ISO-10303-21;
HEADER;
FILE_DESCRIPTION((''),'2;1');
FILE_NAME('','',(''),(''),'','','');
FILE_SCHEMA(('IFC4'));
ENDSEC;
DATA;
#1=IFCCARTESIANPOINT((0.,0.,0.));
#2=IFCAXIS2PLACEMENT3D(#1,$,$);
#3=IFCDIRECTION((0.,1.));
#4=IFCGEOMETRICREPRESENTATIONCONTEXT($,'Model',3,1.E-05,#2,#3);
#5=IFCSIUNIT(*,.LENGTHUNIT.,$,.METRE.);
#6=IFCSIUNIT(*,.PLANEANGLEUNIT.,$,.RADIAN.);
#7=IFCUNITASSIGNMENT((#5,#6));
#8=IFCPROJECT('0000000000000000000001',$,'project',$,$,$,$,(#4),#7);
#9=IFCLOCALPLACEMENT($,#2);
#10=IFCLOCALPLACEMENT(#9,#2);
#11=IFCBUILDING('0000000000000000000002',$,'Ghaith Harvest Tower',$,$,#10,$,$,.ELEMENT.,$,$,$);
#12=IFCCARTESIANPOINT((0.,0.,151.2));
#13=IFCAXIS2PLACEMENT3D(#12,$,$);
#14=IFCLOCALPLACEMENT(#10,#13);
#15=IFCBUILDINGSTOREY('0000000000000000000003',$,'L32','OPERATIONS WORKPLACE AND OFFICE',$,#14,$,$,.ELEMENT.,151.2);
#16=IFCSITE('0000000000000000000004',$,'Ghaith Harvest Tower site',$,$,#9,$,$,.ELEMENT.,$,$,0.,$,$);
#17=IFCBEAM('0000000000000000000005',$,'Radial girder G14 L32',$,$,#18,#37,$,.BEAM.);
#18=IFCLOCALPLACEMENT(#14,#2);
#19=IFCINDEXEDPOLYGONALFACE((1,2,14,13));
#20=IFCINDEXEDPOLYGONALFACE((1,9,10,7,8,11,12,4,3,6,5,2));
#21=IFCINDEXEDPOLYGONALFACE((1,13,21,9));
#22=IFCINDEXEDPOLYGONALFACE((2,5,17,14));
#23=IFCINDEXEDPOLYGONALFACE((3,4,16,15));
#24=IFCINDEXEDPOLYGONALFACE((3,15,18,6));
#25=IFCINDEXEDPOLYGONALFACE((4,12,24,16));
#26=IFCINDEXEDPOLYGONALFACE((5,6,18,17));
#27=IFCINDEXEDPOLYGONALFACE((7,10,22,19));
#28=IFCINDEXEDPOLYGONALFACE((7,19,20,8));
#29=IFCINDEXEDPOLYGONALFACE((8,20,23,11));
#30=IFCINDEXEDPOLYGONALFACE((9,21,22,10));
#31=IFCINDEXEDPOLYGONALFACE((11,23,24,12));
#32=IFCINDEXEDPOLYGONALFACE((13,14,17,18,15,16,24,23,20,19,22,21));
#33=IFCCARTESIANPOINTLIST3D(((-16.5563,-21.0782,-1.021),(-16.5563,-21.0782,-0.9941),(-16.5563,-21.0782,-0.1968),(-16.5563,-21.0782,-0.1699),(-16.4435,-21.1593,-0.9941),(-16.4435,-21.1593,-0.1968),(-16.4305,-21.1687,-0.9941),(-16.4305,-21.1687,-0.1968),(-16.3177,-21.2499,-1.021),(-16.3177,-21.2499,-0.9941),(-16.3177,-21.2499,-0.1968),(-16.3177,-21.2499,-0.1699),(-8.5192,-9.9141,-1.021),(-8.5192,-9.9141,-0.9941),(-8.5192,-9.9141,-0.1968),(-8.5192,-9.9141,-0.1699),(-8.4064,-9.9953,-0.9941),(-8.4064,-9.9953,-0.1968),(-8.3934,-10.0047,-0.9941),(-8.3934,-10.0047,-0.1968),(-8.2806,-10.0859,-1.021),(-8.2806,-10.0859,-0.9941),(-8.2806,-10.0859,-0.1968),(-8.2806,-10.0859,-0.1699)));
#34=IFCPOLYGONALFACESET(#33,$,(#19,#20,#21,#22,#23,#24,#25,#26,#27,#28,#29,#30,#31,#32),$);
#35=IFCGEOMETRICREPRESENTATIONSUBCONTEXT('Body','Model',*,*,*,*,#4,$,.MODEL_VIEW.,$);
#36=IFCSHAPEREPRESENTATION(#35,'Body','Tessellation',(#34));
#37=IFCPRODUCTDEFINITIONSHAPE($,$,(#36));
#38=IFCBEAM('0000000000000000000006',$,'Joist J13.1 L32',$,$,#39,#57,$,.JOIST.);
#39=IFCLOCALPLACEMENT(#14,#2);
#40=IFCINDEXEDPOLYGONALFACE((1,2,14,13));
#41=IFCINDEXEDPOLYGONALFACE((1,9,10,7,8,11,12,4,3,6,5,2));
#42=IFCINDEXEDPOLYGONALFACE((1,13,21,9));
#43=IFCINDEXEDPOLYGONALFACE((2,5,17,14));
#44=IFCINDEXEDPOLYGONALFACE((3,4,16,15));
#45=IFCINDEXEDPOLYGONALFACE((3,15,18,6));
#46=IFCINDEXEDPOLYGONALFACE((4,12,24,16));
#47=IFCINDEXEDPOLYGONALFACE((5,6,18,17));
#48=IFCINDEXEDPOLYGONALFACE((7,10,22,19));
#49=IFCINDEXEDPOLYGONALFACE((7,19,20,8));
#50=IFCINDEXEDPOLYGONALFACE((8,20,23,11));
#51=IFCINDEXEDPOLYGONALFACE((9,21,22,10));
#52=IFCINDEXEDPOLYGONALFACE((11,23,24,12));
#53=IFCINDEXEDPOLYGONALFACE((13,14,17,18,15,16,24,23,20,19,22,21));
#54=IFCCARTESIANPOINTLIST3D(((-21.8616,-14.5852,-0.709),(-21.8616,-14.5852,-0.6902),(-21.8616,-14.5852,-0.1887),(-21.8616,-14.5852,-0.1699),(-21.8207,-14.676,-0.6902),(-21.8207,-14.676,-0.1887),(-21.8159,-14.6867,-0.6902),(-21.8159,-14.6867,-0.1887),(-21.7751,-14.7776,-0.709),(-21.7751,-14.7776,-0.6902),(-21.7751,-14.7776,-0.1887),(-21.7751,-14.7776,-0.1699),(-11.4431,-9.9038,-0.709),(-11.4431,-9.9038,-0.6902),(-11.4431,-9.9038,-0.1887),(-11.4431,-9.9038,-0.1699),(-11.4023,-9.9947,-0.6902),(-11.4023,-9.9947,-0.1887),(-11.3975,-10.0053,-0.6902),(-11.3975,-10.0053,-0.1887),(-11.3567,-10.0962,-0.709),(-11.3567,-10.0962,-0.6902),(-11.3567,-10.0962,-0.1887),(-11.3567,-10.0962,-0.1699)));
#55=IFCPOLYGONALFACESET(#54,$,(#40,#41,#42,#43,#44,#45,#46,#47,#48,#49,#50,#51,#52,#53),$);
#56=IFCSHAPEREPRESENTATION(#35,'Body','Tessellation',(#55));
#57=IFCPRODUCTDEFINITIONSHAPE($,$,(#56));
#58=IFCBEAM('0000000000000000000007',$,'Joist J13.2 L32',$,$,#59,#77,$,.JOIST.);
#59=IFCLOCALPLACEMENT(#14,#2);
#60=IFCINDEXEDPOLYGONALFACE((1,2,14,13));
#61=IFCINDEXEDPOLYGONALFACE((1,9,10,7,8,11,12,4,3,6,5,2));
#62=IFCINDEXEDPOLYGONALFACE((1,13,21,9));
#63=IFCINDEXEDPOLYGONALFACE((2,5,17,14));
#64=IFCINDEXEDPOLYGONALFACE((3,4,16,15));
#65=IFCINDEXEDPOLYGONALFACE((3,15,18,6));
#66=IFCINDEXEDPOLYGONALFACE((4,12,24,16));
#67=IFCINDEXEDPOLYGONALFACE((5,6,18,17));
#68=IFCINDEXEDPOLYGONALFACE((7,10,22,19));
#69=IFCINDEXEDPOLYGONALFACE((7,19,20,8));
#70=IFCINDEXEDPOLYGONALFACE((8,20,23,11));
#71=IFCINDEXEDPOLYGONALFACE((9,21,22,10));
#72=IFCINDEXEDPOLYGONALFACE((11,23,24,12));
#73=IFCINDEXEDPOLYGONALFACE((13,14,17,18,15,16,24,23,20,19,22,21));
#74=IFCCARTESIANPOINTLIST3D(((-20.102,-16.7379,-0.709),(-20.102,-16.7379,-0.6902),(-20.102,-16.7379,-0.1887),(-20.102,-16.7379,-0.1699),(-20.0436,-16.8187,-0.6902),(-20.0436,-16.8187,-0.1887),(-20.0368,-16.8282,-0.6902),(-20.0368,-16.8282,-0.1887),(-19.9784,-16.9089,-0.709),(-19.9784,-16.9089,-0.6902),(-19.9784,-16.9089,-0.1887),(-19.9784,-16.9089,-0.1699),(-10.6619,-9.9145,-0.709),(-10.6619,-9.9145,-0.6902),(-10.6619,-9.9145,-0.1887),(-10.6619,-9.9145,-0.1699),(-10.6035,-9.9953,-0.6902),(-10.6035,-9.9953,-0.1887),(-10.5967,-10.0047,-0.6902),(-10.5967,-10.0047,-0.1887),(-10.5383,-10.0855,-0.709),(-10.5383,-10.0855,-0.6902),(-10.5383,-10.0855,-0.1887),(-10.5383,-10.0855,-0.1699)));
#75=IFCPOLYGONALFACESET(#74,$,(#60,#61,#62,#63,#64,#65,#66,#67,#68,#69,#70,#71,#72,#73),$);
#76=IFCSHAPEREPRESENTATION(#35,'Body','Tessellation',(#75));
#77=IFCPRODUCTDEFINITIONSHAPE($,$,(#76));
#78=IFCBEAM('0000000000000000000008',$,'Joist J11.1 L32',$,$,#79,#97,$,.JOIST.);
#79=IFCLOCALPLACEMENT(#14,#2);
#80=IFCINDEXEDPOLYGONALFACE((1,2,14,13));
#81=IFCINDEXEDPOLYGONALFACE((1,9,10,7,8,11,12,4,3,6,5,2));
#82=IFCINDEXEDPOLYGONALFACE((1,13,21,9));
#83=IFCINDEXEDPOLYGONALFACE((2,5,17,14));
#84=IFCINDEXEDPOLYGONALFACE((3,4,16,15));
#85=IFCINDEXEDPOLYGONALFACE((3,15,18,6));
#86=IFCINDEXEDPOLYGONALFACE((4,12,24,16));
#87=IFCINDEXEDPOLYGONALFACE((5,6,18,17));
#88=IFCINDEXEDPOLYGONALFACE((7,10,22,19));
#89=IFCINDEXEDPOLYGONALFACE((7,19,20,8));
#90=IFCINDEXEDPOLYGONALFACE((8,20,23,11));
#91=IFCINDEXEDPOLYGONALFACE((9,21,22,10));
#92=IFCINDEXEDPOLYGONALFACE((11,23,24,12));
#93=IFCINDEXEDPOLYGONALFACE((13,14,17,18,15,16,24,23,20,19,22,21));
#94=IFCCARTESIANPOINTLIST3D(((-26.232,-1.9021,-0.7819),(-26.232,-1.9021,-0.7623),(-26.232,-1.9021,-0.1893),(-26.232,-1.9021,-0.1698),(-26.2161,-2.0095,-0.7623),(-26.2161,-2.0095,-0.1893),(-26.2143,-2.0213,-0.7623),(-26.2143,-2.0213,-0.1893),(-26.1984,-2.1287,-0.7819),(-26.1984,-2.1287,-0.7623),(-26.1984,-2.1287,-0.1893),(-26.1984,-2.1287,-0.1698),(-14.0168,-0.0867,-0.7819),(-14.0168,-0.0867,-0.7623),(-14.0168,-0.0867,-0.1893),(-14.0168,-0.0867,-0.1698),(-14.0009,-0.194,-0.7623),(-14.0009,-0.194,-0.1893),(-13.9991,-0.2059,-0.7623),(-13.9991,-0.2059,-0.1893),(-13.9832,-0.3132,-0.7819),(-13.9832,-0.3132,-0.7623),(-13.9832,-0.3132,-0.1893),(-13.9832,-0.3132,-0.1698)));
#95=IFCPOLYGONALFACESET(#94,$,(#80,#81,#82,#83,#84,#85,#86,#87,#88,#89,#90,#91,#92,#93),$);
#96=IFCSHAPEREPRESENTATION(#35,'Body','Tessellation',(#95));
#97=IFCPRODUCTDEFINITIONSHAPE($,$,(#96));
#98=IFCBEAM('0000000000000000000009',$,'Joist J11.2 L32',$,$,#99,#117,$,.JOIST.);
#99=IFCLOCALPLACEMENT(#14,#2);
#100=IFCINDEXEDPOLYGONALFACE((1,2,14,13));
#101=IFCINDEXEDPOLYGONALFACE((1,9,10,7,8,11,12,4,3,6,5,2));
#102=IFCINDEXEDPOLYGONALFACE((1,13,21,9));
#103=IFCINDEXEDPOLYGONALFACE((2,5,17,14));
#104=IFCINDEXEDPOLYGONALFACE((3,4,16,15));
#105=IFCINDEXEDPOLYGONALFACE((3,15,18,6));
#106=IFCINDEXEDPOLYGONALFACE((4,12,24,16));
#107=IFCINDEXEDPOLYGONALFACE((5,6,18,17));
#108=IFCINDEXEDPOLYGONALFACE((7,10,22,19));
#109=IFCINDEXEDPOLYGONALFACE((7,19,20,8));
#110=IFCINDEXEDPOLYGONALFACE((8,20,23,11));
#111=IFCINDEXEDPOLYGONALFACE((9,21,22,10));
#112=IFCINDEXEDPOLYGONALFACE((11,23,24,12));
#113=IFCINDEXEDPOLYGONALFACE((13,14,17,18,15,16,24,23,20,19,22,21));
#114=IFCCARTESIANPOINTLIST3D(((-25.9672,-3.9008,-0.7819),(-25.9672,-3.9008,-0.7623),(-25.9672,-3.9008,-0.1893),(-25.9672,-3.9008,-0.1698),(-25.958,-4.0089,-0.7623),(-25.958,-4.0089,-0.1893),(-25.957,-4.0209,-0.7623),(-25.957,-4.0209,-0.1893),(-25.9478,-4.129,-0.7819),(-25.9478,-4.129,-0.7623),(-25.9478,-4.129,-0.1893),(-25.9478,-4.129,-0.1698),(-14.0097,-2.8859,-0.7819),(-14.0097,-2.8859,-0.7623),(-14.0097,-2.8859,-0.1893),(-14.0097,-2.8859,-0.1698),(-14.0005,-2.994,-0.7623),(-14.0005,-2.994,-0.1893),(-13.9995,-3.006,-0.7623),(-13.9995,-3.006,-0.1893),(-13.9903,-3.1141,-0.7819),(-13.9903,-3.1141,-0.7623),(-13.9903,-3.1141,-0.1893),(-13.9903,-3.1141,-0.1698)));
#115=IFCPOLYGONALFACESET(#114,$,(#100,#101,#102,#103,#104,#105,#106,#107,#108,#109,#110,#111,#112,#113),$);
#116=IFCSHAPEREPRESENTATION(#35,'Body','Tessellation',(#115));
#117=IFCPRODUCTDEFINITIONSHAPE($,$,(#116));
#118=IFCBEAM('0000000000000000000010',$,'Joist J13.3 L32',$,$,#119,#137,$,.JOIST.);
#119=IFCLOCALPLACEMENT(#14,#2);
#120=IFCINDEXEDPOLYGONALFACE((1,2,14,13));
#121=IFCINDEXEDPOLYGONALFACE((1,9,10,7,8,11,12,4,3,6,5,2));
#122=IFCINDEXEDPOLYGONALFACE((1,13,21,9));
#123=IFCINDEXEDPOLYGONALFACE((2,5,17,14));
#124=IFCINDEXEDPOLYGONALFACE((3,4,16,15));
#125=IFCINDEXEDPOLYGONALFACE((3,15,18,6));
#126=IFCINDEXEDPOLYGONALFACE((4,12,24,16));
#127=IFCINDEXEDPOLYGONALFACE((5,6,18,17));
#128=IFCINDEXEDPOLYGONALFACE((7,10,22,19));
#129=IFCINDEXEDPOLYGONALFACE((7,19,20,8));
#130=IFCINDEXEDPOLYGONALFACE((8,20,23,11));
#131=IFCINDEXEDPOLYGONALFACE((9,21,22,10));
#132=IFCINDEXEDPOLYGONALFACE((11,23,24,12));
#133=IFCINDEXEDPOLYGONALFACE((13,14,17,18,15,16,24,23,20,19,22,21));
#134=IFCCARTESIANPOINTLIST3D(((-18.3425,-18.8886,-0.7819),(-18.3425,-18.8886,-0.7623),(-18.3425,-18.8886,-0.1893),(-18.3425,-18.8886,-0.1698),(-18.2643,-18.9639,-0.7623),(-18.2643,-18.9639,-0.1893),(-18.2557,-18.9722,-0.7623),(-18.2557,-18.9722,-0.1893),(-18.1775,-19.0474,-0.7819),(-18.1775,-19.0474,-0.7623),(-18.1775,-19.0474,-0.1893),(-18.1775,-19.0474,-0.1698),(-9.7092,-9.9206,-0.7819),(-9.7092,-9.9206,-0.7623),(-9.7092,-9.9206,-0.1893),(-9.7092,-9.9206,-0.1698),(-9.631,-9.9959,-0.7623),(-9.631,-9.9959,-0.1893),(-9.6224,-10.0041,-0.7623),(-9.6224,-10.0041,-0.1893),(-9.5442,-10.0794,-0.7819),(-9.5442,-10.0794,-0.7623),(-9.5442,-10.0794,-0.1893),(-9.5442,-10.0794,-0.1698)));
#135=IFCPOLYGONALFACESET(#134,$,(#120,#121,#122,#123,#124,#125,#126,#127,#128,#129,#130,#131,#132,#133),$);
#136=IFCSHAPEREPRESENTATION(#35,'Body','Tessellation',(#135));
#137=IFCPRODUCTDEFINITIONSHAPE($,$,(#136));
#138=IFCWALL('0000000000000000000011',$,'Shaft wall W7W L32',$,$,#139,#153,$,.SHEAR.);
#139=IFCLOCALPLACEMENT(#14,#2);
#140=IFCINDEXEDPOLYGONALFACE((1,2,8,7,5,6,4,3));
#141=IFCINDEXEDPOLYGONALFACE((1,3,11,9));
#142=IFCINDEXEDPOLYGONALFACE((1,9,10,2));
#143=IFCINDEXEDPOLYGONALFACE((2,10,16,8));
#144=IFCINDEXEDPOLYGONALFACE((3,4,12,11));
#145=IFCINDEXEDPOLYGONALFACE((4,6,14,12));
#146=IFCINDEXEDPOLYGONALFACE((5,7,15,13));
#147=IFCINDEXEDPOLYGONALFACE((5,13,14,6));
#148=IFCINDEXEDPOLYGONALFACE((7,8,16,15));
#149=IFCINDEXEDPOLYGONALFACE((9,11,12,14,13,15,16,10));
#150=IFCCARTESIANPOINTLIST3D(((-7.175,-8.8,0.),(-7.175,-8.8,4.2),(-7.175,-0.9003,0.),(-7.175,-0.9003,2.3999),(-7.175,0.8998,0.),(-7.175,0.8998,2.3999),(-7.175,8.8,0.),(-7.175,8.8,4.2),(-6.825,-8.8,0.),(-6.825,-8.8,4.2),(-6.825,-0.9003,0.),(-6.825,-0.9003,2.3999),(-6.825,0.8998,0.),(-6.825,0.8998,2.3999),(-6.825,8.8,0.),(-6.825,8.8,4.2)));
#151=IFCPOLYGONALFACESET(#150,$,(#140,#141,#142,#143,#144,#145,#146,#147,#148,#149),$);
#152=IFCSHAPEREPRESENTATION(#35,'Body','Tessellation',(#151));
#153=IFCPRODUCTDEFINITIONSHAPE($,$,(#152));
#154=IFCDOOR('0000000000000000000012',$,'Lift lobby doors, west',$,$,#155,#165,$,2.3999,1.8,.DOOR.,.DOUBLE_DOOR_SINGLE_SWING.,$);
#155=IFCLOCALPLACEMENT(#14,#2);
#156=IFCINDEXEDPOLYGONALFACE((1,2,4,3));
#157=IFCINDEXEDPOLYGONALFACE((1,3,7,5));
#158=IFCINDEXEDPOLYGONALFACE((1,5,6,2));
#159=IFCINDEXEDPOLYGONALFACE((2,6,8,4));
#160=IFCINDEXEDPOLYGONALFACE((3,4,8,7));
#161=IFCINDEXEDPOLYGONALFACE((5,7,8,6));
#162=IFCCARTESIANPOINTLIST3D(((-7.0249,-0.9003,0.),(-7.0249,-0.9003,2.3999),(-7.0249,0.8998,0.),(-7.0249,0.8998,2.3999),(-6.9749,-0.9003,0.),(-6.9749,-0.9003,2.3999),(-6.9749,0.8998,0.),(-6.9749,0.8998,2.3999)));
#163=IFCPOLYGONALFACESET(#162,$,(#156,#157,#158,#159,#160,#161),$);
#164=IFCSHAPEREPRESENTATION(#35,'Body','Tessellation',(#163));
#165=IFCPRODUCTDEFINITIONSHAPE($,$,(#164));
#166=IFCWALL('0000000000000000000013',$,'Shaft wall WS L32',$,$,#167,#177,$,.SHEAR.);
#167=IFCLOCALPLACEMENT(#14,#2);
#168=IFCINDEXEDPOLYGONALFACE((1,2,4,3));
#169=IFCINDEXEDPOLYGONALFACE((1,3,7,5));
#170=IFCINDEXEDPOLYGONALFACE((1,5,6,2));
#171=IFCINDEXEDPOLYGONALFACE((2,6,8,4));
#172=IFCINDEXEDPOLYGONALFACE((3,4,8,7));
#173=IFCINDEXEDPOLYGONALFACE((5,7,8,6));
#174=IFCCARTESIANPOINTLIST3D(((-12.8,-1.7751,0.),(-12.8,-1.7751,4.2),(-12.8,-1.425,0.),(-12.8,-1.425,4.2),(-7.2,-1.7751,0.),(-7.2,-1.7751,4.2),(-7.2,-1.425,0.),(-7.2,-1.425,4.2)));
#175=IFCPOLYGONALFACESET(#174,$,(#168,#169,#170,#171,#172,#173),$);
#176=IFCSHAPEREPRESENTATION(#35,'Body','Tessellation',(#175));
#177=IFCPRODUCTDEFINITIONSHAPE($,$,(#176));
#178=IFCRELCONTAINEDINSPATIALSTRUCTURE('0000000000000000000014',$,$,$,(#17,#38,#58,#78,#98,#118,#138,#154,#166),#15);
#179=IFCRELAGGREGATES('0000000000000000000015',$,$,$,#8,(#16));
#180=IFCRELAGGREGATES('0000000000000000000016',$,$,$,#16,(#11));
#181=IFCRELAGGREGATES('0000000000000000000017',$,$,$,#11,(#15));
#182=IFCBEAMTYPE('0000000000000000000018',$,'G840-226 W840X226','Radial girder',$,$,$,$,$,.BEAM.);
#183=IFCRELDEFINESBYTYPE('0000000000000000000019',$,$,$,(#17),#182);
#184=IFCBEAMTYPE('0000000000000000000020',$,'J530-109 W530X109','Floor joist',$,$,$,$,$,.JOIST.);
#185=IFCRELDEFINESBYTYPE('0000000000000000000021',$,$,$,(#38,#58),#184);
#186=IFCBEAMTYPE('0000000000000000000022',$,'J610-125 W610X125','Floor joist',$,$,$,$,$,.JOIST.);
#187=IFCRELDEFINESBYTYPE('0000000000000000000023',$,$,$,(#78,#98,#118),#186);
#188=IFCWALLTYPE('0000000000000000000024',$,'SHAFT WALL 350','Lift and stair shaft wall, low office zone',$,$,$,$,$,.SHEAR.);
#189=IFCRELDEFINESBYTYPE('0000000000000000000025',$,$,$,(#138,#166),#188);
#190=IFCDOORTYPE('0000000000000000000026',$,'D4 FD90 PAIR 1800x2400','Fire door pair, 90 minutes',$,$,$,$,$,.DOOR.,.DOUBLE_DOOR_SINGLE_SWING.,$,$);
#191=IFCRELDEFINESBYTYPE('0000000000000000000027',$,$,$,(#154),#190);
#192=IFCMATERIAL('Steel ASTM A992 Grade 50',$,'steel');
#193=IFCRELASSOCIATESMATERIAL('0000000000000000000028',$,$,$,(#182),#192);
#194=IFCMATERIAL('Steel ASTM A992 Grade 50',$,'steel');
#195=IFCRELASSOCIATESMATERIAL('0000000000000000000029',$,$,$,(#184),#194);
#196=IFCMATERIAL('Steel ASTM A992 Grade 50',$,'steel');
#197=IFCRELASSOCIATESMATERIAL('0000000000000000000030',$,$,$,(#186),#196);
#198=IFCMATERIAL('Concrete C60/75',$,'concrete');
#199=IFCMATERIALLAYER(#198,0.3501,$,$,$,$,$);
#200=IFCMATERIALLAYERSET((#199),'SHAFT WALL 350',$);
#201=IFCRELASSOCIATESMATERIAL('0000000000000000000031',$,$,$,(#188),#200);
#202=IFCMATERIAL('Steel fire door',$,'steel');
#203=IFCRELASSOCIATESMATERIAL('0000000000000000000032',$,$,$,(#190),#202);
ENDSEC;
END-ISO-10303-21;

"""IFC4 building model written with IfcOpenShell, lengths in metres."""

from ifc_helpers import new_model, si_unit, direction, frame, frame_2d, origin, origin_2d, place, context, subcontext, project, spatial, rectangle, i_section, extrude, material, layer, layer_set, material_profile, profile_set, type_object, element, fill, save


model = new_model("IFC4")

# Units and contexts
model_context = context("Model", 3, precision=1e-05, world=origin(), true_north=direction((0.0, 1.0)))
body_context = subcontext(model_context, "Body", "Model", "MODEL_VIEW")
ifc_project = project(units=[si_unit("LENGTHUNIT", "METRE"), si_unit("PLANEANGLEUNIT", "RADIAN")], contexts=[model_context])

# Site, building, storey
site_placement = place(None, origin())
site = spatial("IfcSite", under=ifc_project, at=site_placement, Name="Ghaith Harvest Tower site", CompositionType="ELEMENT", RefElevation=0.0)
building_placement = place(site_placement, origin())
building = spatial("IfcBuilding", under=site, at=building_placement, Name="Ghaith Harvest Tower", CompositionType="ELEMENT")
storey_placement = place(building_placement, frame((0.0, 0.0, 151.2)))
storey = spatial("IfcBuildingStorey", under=building, at=storey_placement, Name="L32", Description="OPERATIONS WORKPLACE AND OFFICE", CompositionType="ELEMENT", Elevation=151.2)

# Beams
ifc_material_1 = material(Name="Steel ASTM A992 Grade 50", Category="steel")
ifc_material_profile_1 = material_profile(ifc_material_1, i_section(OverallWidth=0.2939, OverallDepth=0.8511, WebThickness=0.0161, FlangeThickness=0.0269, at=origin_2d()), Name="W840X226")
ifc_profile_set_1 = profile_set([ifc_material_profile_1], Name="Steel ASTM A992 Grade 50")
beam_type_1 = type_object("IfcBeamType", Name="G840-226 W840X226", Description="Radial girder", PredefinedType="BEAM", material=ifc_profile_set_1)
beam_1_placement = place(storey_placement, frame((-8.3999, -10.0, -0.5955), z_axis=(-0.584256, -0.811569, 0.0), x_axis=(0.811569, -0.584256, 0.0)))
element("IfcBeam", 1, at=beam_1_placement, inside=storey, type_object=beam_type_1, Name="Radial girder G14 L32", PredefinedType="BEAM", context=body_context, shape_type="SweptSolid", body=[
    extrude(i_section(OverallWidth=0.2939, OverallDepth=0.8511, WebThickness=0.0161, FlangeThickness=0.0269, at=origin_2d()), origin(), (0.0, 0.0, 1.0), 13.7561),
])
ifc_material_2 = material(Name="Steel ASTM A992 Grade 50", Category="steel")
ifc_material_profile_2 = material_profile(ifc_material_2, i_section(OverallWidth=0.2109, OverallDepth=0.5391, WebThickness=0.0117, FlangeThickness=0.0188, at=origin_2d()), Name="W530X109")
ifc_profile_set_2 = profile_set([ifc_material_profile_2], Name="Steel ASTM A992 Grade 50")
beam_type_2 = type_object("IfcBeamType", Name="J530-109 W530X109", Description="Floor joist", PredefinedType="JOIST", material=ifc_profile_set_2)
beam_2_placement = place(storey_placement, frame((-11.3999, -10.0, -0.4395), z_axis=(-0.912148, -0.409862, 0.0), x_axis=(0.409862, -0.912148, 0.0)))
element("IfcBeam", 2, at=beam_2_placement, inside=storey, type_object=beam_type_2, Name="Joist J13.1 L32", PredefinedType="JOIST", context=body_context, shape_type="SweptSolid", body=[
    extrude(i_section(OverallWidth=0.2109, OverallDepth=0.5391, WebThickness=0.0117, FlangeThickness=0.0188, at=origin_2d()), origin(), (0.0, 0.0, 1.0), 11.4219),
])
beam_3_placement = place(storey_placement, frame((-10.6001, -10.0, -0.4395), z_axis=(-0.810452, -0.585805, 0.0), x_axis=(0.585805, -0.810452, 0.0)))
element("IfcBeam", 3, at=beam_3_placement, inside=storey, type_object=beam_type_2, Name="Joist J13.2 L32", PredefinedType="JOIST", context=body_context, shape_type="SweptSolid", body=[
    extrude(i_section(OverallWidth=0.2109, OverallDepth=0.5391, WebThickness=0.0117, FlangeThickness=0.0188, at=origin_2d()), origin(), (0.0, 0.0, 1.0), 11.6479),
])
ifc_material_3 = material(Name="Steel ASTM A992 Grade 50", Category="steel")
ifc_material_profile_3 = material_profile(ifc_material_3, i_section(OverallWidth=0.229, OverallDepth=0.6121, WebThickness=0.012, FlangeThickness=0.0195, at=origin_2d()), Name="W610X125")
ifc_profile_set_3 = profile_set([ifc_material_profile_3], Name="Steel ASTM A992 Grade 50")
beam_type_3 = type_object("IfcBeamType", Name="J610-125 W610X125", Description="Floor joist", PredefinedType="JOIST", material=ifc_profile_set_3)
beam_4_placement = place(storey_placement, frame((-14.0, -0.2, -0.4758), z_axis=(-0.989135, -0.147007, 0.0), x_axis=(0.147007, -0.989135, 0.0)))
element("IfcBeam", 4, at=beam_4_placement, inside=storey, type_object=beam_type_3, Name="Joist J11.1 L32", PredefinedType="JOIST", context=body_context, shape_type="SweptSolid", body=[
    extrude(i_section(OverallWidth=0.229, OverallDepth=0.6121, WebThickness=0.012, FlangeThickness=0.0195, at=origin_2d()), origin(), (0.0, 0.0, 1.0), 12.3494),
])
beam_5_placement = place(storey_placement, frame((-14.0, -3.0, -0.4758), z_axis=(-0.996417, -0.084571, 0.0), x_axis=(0.084571, -0.996417, 0.0)))
element("IfcBeam", 5, at=beam_5_placement, inside=storey, type_object=beam_type_3, Name="Joist J11.2 L32", PredefinedType="JOIST", context=body_context, shape_type="SweptSolid", body=[
    extrude(i_section(OverallWidth=0.229, OverallDepth=0.6121, WebThickness=0.012, FlangeThickness=0.0195, at=origin_2d()), origin(), (0.0, 0.0, 1.0), 12.0005),
])
beam_6_placement = place(storey_placement, frame((-9.6267, -10.0, -0.4758), z_axis=(-0.693535, -0.720423, 0.0), x_axis=(0.720423, -0.693535, 0.0)))
element("IfcBeam", 6, at=beam_6_placement, inside=storey, type_object=beam_type_3, Name="Joist J13.3 L32", PredefinedType="JOIST", context=body_context, shape_type="SweptSolid", body=[
    extrude(i_section(OverallWidth=0.229, OverallDepth=0.6121, WebThickness=0.012, FlangeThickness=0.0195, at=origin_2d()), origin(), (0.0, 0.0, 1.0), 12.4482),
])

# Wall, opening, door
ifc_material_4 = material(Name="Concrete C60/75", Category="concrete")
ifc_layer_1 = layer(ifc_material_4, 0.3501)
ifc_layer_set_1 = layer_set([ifc_layer_1], Name="SHAFT WALL 350")
wall_type_1 = type_object("IfcWallType", Name="SHAFT WALL 350", Description="Lift and stair shaft wall, low office zone", PredefinedType="SHEAR", material=ifc_layer_set_1)
wall_1_placement = place(storey_placement, frame((-7.0, -8.8, 0.0), z_axis=(0.0, 0.0, 1.0), x_axis=(0.0, 1.0, 0.0)))
wall_1 = element("IfcWall", 7, at=wall_1_placement, inside=storey, type_object=wall_type_1, Name="Shaft wall W7W L32", PredefinedType="SHEAR", context=body_context, shape_type="SweptSolid", body=[
    extrude(rectangle(XDim=17.6001, YDim=0.3501, at=frame_2d((8.8, 0.0))), origin(), (0.0, 0.0, 1.0), 4.2),
])
opening_placement = place(wall_1_placement, frame((7.8999, 0.0, 0.0)))
opening = element("IfcOpeningElement", 8, at=opening_placement, cuts=wall_1, PredefinedType="OPENING", context=body_context, shape_type="SweptSolid", body=[
    extrude(rectangle(XDim=1.8, YDim=2.3999, at=frame_2d((0.8999, 1.2))), frame((0.0, 0.1851, 0.0), z_axis=(0.0, -1.0, 0.0), x_axis=(1.0, 0.0, 0.0)), (0.0, 0.0, 1.0), 0.3701),
])
ifc_material_5 = material(Name="Steel fire door", Category="steel")
door_type = type_object("IfcDoorType", Name="D4 FD90 PAIR 1800x2400", Description="Fire door pair, 90 minutes", OperationType="DOUBLE_DOOR_SINGLE_SWING", PredefinedType="DOOR", material=ifc_material_5)
door_placement = place(opening_placement, origin())
door = element("IfcDoor", 9, at=door_placement, inside=storey, type_object=door_type, Name="Lift lobby doors, west", OperationType="DOUBLE_DOOR_SINGLE_SWING", OverallHeight=2.3999, OverallWidth=1.8, PredefinedType="DOOR", context=body_context, shape_type="SweptSolid", body=[
    extrude(rectangle(XDim=1.8, YDim=2.3999, at=frame_2d((0.8999, 1.2))), frame((0.0, 0.0249, 0.0), z_axis=(0.0, -1.0, 0.0), x_axis=(1.0, 0.0, 0.0)), (0.0, 0.0, 1.0), 0.05),
])
fill(opening, door)

# Wall
wall_2_placement = place(storey_placement, frame((-12.8, -1.6001, 0.0), z_axis=(0.0, 0.0, 1.0), x_axis=(1.0, 0.0, 0.0)))
element("IfcWall", 10, at=wall_2_placement, inside=storey, type_object=wall_type_1, Name="Shaft wall WS L32", PredefinedType="SHEAR", context=body_context, shape_type="SweptSolid", body=[
    extrude(rectangle(XDim=5.6001, YDim=0.3501, at=frame_2d((2.8, 0.0))), origin(), (0.0, 0.0, 1.0), 4.2),
])

save(model, "model.ifc")
